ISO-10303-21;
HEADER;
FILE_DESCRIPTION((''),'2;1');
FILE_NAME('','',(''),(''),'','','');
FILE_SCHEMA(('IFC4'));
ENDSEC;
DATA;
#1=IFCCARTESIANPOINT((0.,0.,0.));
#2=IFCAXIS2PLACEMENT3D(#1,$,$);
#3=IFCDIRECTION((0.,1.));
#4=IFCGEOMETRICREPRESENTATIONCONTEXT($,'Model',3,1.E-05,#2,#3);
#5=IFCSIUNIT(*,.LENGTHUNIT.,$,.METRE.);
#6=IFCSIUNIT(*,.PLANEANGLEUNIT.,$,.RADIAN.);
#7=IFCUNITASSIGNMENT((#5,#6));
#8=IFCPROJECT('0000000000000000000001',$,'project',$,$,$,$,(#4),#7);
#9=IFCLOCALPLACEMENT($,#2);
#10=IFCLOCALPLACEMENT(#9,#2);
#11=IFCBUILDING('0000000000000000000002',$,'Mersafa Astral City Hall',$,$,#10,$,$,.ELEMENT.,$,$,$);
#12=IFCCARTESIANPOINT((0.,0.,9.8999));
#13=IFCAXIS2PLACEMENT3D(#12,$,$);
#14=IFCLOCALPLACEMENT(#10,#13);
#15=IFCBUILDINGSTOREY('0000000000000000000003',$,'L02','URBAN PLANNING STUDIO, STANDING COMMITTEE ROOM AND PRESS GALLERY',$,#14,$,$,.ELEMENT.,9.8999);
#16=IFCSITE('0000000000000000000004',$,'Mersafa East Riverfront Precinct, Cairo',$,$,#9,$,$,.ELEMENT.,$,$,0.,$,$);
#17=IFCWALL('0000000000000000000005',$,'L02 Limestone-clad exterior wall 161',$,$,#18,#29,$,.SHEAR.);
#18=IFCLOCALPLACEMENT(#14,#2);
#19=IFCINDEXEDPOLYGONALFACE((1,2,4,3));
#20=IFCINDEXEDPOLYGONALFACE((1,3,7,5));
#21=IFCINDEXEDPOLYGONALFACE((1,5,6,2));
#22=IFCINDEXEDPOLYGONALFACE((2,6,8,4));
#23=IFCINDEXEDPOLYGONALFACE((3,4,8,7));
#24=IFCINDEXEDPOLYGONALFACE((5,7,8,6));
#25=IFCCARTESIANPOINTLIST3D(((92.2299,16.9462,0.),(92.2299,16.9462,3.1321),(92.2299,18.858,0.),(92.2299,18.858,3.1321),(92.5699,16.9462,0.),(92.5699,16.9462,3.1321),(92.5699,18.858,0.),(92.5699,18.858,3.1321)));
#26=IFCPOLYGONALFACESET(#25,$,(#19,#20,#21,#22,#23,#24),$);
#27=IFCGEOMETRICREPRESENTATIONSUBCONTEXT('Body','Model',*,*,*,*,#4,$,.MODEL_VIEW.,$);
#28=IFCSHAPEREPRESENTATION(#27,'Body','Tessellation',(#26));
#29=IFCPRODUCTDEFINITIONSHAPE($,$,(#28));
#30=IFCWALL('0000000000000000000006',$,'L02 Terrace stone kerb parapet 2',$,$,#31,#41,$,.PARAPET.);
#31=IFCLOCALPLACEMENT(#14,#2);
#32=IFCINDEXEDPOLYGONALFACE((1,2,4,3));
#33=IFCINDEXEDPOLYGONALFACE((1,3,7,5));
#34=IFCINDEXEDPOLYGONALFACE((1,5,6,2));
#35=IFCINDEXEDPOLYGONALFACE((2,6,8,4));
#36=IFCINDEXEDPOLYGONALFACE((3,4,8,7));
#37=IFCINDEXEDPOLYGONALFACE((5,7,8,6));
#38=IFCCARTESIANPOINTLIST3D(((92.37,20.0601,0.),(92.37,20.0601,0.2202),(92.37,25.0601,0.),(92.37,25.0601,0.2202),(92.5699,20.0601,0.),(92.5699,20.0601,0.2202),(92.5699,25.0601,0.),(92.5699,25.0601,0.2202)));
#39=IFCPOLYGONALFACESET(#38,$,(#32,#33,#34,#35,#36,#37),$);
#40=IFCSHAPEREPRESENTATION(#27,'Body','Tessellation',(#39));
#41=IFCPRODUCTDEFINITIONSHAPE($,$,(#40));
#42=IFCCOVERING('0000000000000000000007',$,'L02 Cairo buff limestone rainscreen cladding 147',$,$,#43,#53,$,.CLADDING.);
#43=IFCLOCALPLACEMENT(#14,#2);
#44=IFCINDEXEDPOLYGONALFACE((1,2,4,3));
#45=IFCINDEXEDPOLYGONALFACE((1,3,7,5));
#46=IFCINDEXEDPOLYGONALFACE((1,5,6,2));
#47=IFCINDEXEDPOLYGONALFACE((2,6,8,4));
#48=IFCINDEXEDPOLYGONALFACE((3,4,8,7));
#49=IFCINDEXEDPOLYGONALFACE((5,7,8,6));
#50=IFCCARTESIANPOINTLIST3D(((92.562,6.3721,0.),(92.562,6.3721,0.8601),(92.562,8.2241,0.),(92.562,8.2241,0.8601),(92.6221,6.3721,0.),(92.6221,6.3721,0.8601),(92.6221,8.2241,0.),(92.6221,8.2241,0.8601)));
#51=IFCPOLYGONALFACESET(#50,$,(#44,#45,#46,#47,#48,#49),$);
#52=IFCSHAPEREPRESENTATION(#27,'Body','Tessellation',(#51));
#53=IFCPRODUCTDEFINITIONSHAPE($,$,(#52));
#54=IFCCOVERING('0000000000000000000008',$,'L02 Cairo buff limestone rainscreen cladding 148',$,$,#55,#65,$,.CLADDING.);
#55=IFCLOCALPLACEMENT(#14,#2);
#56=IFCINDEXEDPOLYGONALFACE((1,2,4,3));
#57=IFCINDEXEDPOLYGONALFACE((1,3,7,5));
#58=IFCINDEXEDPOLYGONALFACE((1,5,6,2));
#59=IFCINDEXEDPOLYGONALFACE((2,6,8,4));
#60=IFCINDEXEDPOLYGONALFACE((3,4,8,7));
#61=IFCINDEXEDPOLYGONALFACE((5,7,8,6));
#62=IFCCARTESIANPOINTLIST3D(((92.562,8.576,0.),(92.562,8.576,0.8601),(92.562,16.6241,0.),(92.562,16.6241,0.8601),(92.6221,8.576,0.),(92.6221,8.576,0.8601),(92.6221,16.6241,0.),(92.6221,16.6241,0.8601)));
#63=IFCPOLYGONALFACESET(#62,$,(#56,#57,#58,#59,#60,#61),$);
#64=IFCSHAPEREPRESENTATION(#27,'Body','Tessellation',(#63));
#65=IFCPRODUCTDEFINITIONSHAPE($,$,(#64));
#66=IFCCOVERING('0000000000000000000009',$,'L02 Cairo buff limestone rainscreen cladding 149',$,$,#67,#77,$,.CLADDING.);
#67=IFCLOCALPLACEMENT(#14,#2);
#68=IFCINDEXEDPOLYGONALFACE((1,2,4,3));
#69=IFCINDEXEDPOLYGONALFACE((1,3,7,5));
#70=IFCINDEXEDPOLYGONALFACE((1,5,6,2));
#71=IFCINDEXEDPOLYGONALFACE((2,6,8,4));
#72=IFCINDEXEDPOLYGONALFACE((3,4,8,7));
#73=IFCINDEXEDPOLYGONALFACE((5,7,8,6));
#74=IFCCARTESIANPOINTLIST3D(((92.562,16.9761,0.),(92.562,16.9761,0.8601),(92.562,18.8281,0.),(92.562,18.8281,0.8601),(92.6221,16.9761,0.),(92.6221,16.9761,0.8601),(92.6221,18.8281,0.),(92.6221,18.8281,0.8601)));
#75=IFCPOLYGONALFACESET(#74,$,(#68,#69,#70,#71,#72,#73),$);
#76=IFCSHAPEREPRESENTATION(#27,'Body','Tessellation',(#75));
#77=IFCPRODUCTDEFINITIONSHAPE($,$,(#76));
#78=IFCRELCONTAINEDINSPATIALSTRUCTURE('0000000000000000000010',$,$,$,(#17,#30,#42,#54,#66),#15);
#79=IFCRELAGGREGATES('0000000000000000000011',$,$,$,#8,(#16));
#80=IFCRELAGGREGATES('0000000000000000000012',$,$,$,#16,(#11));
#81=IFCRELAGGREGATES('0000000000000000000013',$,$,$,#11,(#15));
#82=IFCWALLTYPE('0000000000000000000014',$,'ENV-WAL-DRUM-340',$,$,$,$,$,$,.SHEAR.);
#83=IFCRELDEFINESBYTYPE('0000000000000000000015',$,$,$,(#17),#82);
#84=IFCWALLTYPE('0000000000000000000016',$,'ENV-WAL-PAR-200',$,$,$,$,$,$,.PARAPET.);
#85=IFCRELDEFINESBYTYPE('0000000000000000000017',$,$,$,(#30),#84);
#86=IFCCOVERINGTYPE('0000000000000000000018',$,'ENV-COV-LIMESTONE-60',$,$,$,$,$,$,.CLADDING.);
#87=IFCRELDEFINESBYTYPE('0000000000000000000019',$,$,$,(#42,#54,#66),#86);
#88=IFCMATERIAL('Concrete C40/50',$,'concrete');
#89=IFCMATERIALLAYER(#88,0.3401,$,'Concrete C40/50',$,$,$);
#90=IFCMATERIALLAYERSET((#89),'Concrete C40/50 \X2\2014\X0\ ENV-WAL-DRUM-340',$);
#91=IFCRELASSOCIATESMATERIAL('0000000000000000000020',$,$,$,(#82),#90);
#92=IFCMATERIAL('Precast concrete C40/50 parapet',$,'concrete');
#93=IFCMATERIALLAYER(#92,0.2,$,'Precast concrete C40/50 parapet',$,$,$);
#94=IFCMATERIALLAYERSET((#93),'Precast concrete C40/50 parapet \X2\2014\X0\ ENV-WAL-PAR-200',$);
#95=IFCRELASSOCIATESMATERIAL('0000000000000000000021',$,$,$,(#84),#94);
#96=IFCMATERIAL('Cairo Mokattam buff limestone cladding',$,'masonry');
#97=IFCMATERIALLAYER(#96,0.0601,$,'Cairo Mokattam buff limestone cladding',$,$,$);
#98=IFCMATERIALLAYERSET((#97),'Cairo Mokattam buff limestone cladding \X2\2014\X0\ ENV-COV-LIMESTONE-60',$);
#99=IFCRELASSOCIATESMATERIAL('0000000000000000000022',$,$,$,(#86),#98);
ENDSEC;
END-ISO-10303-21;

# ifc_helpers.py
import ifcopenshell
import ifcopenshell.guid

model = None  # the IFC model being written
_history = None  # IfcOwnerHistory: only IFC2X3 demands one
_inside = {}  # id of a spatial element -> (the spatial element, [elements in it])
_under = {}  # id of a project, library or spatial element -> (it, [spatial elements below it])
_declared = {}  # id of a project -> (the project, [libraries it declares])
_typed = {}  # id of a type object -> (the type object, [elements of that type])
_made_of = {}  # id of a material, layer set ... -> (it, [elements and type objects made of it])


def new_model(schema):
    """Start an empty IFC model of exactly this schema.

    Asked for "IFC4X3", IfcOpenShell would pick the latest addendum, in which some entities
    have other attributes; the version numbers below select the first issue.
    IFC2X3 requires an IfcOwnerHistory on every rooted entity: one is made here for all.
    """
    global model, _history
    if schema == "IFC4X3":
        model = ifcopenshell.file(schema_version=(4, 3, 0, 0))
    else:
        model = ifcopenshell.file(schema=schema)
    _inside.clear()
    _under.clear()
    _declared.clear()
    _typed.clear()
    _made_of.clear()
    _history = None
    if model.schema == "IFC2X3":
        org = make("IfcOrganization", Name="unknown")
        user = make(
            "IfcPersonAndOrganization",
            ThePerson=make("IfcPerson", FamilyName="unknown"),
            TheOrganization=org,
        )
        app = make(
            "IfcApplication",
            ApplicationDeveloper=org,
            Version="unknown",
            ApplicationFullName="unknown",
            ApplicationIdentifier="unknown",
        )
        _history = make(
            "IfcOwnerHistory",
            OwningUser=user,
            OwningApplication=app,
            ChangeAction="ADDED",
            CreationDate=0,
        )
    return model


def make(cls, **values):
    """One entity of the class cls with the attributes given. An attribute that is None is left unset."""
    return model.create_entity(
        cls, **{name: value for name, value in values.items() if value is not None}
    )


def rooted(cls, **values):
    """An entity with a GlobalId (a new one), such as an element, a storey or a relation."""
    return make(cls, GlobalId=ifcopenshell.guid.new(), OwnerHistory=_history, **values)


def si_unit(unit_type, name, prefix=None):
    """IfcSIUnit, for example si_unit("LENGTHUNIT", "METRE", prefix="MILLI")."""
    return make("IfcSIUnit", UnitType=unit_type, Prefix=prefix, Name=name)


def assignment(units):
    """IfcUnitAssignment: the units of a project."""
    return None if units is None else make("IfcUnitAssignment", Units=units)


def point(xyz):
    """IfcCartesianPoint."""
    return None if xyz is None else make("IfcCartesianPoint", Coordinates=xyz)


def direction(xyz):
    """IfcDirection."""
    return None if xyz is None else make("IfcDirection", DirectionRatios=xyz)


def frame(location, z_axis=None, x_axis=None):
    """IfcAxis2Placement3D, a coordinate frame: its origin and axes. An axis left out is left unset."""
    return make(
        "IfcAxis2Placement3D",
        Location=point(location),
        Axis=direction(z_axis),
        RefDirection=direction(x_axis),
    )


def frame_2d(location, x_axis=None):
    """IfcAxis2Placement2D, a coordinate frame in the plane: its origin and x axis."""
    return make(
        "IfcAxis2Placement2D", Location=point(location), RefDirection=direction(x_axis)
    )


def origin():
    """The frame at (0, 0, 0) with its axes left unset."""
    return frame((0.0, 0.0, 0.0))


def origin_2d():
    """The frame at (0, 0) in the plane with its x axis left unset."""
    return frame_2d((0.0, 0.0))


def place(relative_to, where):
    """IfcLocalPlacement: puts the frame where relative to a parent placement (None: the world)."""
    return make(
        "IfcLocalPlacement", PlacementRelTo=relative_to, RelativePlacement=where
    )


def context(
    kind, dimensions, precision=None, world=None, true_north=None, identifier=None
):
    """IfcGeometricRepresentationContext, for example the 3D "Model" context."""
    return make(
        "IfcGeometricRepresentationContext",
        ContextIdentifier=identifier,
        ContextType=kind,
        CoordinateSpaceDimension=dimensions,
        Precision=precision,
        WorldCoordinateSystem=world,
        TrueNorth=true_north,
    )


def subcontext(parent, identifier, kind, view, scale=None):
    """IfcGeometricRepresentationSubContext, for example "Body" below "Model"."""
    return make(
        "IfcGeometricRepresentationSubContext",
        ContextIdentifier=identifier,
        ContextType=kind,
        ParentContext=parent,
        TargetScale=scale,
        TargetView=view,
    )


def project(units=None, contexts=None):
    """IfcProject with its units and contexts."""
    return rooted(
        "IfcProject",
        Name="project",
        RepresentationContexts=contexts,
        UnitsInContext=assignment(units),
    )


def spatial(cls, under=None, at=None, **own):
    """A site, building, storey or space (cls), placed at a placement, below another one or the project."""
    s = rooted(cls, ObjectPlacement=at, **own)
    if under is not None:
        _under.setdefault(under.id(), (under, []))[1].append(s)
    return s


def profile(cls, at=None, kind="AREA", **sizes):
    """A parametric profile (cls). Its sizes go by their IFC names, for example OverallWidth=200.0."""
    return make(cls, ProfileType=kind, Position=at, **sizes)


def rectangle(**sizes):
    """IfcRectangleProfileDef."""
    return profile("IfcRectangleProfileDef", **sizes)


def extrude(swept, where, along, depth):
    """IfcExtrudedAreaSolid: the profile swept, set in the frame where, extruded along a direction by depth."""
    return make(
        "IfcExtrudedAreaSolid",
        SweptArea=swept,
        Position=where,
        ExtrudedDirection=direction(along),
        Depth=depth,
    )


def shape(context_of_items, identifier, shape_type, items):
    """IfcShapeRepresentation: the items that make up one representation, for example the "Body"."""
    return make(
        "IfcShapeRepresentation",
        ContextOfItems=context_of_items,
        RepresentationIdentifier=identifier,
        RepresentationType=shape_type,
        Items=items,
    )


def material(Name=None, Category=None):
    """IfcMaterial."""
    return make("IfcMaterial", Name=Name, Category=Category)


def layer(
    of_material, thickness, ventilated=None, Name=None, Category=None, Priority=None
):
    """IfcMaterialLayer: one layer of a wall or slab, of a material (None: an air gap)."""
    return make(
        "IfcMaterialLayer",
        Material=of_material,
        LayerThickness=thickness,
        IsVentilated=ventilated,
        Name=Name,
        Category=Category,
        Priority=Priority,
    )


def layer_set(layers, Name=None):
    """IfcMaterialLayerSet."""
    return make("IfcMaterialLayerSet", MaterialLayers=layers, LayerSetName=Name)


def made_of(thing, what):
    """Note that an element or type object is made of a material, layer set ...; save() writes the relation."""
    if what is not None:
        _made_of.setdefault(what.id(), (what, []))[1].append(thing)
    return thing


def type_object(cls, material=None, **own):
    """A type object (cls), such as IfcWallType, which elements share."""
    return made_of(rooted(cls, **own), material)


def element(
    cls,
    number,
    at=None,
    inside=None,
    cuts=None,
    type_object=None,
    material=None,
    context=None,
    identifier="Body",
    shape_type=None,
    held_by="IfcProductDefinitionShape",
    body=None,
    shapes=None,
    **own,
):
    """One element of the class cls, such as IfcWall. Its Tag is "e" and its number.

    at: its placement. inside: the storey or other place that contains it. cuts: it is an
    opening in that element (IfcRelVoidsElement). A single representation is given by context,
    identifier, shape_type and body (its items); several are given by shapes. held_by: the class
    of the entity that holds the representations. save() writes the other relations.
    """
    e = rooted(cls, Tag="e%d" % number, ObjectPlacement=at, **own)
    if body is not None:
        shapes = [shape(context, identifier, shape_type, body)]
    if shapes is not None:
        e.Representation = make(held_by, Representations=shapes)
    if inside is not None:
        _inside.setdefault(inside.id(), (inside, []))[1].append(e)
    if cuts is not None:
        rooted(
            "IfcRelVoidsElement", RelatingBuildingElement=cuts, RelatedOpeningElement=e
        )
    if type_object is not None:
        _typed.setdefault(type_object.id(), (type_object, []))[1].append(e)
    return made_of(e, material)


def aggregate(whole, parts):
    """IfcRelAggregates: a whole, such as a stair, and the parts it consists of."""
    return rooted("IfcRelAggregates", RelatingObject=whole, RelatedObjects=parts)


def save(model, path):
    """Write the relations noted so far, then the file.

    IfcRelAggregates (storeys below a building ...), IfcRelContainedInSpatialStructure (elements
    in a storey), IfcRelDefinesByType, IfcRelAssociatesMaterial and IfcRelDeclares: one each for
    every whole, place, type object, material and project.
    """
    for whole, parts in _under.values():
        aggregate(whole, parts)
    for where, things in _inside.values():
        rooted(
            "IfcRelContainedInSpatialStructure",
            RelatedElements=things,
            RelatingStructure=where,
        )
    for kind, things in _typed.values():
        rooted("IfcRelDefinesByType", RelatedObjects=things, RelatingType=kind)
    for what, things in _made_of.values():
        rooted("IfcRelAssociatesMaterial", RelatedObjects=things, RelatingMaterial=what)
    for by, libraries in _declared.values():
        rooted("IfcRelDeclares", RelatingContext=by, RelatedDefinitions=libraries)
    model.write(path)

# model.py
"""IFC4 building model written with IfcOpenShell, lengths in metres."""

from ifc_helpers import new_model, si_unit, direction, frame, frame_2d, origin, origin_2d, place, context, subcontext, project, spatial, rectangle, extrude, material, layer, layer_set, type_object, element, save


model = new_model("IFC4")

# Units and contexts
model_context = context("Model", 3, precision=1e-05, world=origin(), true_north=direction((0.0, 1.0)))
body_context = subcontext(model_context, "Body", "Model", "MODEL_VIEW")
ifc_project = project(units=[si_unit("LENGTHUNIT", "METRE"), si_unit("PLANEANGLEUNIT", "RADIAN")], contexts=[model_context])

# Site, building, storey
site_placement = place(None, origin())
site = spatial("IfcSite", under=ifc_project, at=site_placement, Name="Mersafa East Riverfront Precinct, Cairo", CompositionType="ELEMENT", RefElevation=0.0)
building_placement = place(site_placement, origin())
building = spatial("IfcBuilding", under=site, at=building_placement, Name="Mersafa Astral City Hall", CompositionType="ELEMENT")
storey_placement = place(building_placement, frame((0.0, 0.0, 9.8999)))
storey = spatial("IfcBuildingStorey", under=building, at=storey_placement, Name="L02", Description="URBAN PLANNING STUDIO, STANDING COMMITTEE ROOM AND PRESS GALLERY", CompositionType="ELEMENT", Elevation=9.8999)

# Shared definitions
ifc_material_1 = material(Name="Concrete C40/50", Category="concrete")

# Shared definitions
ifc_layer_1 = layer(ifc_material_1, 0.3401, Name="Concrete C40/50")
ifc_layer_set_1 = layer_set([ifc_layer_1], Name="Concrete C40/50 — ENV-WAL-DRUM-340")
wall_type_1 = type_object("IfcWallType", Name="ENV-WAL-DRUM-340", PredefinedType="SHEAR", material=ifc_layer_set_1)

# Walls
wall_1_placement = place(storey_placement, frame((92.3999, 16.946, 0.0), z_axis=(0.0, 0.0, 1.0), x_axis=(0.0, 1.0, 0.0)))
element("IfcWall", 1, at=wall_1_placement, inside=storey, type_object=wall_type_1, Name="L02 Limestone-clad exterior wall 161", PredefinedType="SHEAR", context=body_context, shape_type="SweptSolid", body=[
    extrude(rectangle(XDim=1.9119, YDim=0.3401, at=frame_2d((0.9561, 0.0))), origin(), (0.0, 0.0, 1.0), 3.1321),
])
ifc_material_2 = material(Name="Precast concrete C40/50 parapet", Category="concrete")
ifc_layer_2 = layer(ifc_material_2, 0.2, Name="Precast concrete C40/50 parapet")
ifc_layer_set_2 = layer_set([ifc_layer_2], Name="Precast concrete C40/50 parapet — ENV-WAL-PAR-200")
wall_type_2 = type_object("IfcWallType", Name="ENV-WAL-PAR-200", PredefinedType="PARAPET", material=ifc_layer_set_2)
wall_2_placement = place(storey_placement, frame((92.47, 25.0601, 0.0), z_axis=(0.0, 0.0, 1.0), x_axis=(0.0, -1.0, 0.0)))
element("IfcWall", 2, at=wall_2_placement, inside=storey, type_object=wall_type_2, Name="L02 Terrace stone kerb parapet 2", PredefinedType="PARAPET", context=body_context, shape_type="SweptSolid", body=[
    extrude(rectangle(XDim=5.0, YDim=0.2, at=frame_2d((2.5, 0.0))), origin(), (0.0, 0.0, 1.0), 0.2202),
])

# Coverings
ifc_material_3 = material(Name="Cairo Mokattam buff limestone cladding", Category="masonry")
ifc_layer_3 = layer(ifc_material_3, 0.0601, Name="Cairo Mokattam buff limestone cladding")
ifc_layer_set_3 = layer_set([ifc_layer_3], Name="Cairo Mokattam buff limestone cladding — ENV-COV-LIMESTONE-60")
covering_type = type_object("IfcCoveringType", Name="ENV-COV-LIMESTONE-60", PredefinedType="CLADDING", material=ifc_layer_set_3)
covering_1_placement = place(storey_placement, frame((92.592, 7.2981, 0.0), z_axis=(0.0, 0.0, 1.0), x_axis=(0.0, 1.0, 0.0)))
element("IfcCovering", 3, at=covering_1_placement, inside=storey, type_object=covering_type, Name="L02 Cairo buff limestone rainscreen cladding 147", PredefinedType="CLADDING", context=body_context, shape_type="SweptSolid", body=[
    extrude(rectangle(XDim=1.8521, YDim=0.0601, at=origin_2d()), origin(), (0.0, 0.0, 1.0), 0.8601),
])
covering_2_placement = place(storey_placement, frame((92.592, 12.6001, 0.0), z_axis=(0.0, 0.0, 1.0), x_axis=(0.0, 1.0, 0.0)))
element("IfcCovering", 4, at=covering_2_placement, inside=storey, type_object=covering_type, Name="L02 Cairo buff limestone rainscreen cladding 148", PredefinedType="CLADDING", context=body_context, shape_type="SweptSolid", body=[
    extrude(rectangle(XDim=8.0481, YDim=0.0601, at=origin_2d()), origin(), (0.0, 0.0, 1.0), 0.8601),
])
covering_3_placement = place(storey_placement, frame((92.592, 17.9021, 0.0), z_axis=(0.0, 0.0, 1.0), x_axis=(0.0, 1.0, 0.0)))
element("IfcCovering", 5, at=covering_3_placement, inside=storey, type_object=covering_type, Name="L02 Cairo buff limestone rainscreen cladding 149", PredefinedType="CLADDING", context=body_context, shape_type="SweptSolid", body=[
    extrude(rectangle(XDim=1.8521, YDim=0.0601, at=origin_2d()), origin(), (0.0, 0.0, 1.0), 0.8601),
])

save(model, "model.ifc")
